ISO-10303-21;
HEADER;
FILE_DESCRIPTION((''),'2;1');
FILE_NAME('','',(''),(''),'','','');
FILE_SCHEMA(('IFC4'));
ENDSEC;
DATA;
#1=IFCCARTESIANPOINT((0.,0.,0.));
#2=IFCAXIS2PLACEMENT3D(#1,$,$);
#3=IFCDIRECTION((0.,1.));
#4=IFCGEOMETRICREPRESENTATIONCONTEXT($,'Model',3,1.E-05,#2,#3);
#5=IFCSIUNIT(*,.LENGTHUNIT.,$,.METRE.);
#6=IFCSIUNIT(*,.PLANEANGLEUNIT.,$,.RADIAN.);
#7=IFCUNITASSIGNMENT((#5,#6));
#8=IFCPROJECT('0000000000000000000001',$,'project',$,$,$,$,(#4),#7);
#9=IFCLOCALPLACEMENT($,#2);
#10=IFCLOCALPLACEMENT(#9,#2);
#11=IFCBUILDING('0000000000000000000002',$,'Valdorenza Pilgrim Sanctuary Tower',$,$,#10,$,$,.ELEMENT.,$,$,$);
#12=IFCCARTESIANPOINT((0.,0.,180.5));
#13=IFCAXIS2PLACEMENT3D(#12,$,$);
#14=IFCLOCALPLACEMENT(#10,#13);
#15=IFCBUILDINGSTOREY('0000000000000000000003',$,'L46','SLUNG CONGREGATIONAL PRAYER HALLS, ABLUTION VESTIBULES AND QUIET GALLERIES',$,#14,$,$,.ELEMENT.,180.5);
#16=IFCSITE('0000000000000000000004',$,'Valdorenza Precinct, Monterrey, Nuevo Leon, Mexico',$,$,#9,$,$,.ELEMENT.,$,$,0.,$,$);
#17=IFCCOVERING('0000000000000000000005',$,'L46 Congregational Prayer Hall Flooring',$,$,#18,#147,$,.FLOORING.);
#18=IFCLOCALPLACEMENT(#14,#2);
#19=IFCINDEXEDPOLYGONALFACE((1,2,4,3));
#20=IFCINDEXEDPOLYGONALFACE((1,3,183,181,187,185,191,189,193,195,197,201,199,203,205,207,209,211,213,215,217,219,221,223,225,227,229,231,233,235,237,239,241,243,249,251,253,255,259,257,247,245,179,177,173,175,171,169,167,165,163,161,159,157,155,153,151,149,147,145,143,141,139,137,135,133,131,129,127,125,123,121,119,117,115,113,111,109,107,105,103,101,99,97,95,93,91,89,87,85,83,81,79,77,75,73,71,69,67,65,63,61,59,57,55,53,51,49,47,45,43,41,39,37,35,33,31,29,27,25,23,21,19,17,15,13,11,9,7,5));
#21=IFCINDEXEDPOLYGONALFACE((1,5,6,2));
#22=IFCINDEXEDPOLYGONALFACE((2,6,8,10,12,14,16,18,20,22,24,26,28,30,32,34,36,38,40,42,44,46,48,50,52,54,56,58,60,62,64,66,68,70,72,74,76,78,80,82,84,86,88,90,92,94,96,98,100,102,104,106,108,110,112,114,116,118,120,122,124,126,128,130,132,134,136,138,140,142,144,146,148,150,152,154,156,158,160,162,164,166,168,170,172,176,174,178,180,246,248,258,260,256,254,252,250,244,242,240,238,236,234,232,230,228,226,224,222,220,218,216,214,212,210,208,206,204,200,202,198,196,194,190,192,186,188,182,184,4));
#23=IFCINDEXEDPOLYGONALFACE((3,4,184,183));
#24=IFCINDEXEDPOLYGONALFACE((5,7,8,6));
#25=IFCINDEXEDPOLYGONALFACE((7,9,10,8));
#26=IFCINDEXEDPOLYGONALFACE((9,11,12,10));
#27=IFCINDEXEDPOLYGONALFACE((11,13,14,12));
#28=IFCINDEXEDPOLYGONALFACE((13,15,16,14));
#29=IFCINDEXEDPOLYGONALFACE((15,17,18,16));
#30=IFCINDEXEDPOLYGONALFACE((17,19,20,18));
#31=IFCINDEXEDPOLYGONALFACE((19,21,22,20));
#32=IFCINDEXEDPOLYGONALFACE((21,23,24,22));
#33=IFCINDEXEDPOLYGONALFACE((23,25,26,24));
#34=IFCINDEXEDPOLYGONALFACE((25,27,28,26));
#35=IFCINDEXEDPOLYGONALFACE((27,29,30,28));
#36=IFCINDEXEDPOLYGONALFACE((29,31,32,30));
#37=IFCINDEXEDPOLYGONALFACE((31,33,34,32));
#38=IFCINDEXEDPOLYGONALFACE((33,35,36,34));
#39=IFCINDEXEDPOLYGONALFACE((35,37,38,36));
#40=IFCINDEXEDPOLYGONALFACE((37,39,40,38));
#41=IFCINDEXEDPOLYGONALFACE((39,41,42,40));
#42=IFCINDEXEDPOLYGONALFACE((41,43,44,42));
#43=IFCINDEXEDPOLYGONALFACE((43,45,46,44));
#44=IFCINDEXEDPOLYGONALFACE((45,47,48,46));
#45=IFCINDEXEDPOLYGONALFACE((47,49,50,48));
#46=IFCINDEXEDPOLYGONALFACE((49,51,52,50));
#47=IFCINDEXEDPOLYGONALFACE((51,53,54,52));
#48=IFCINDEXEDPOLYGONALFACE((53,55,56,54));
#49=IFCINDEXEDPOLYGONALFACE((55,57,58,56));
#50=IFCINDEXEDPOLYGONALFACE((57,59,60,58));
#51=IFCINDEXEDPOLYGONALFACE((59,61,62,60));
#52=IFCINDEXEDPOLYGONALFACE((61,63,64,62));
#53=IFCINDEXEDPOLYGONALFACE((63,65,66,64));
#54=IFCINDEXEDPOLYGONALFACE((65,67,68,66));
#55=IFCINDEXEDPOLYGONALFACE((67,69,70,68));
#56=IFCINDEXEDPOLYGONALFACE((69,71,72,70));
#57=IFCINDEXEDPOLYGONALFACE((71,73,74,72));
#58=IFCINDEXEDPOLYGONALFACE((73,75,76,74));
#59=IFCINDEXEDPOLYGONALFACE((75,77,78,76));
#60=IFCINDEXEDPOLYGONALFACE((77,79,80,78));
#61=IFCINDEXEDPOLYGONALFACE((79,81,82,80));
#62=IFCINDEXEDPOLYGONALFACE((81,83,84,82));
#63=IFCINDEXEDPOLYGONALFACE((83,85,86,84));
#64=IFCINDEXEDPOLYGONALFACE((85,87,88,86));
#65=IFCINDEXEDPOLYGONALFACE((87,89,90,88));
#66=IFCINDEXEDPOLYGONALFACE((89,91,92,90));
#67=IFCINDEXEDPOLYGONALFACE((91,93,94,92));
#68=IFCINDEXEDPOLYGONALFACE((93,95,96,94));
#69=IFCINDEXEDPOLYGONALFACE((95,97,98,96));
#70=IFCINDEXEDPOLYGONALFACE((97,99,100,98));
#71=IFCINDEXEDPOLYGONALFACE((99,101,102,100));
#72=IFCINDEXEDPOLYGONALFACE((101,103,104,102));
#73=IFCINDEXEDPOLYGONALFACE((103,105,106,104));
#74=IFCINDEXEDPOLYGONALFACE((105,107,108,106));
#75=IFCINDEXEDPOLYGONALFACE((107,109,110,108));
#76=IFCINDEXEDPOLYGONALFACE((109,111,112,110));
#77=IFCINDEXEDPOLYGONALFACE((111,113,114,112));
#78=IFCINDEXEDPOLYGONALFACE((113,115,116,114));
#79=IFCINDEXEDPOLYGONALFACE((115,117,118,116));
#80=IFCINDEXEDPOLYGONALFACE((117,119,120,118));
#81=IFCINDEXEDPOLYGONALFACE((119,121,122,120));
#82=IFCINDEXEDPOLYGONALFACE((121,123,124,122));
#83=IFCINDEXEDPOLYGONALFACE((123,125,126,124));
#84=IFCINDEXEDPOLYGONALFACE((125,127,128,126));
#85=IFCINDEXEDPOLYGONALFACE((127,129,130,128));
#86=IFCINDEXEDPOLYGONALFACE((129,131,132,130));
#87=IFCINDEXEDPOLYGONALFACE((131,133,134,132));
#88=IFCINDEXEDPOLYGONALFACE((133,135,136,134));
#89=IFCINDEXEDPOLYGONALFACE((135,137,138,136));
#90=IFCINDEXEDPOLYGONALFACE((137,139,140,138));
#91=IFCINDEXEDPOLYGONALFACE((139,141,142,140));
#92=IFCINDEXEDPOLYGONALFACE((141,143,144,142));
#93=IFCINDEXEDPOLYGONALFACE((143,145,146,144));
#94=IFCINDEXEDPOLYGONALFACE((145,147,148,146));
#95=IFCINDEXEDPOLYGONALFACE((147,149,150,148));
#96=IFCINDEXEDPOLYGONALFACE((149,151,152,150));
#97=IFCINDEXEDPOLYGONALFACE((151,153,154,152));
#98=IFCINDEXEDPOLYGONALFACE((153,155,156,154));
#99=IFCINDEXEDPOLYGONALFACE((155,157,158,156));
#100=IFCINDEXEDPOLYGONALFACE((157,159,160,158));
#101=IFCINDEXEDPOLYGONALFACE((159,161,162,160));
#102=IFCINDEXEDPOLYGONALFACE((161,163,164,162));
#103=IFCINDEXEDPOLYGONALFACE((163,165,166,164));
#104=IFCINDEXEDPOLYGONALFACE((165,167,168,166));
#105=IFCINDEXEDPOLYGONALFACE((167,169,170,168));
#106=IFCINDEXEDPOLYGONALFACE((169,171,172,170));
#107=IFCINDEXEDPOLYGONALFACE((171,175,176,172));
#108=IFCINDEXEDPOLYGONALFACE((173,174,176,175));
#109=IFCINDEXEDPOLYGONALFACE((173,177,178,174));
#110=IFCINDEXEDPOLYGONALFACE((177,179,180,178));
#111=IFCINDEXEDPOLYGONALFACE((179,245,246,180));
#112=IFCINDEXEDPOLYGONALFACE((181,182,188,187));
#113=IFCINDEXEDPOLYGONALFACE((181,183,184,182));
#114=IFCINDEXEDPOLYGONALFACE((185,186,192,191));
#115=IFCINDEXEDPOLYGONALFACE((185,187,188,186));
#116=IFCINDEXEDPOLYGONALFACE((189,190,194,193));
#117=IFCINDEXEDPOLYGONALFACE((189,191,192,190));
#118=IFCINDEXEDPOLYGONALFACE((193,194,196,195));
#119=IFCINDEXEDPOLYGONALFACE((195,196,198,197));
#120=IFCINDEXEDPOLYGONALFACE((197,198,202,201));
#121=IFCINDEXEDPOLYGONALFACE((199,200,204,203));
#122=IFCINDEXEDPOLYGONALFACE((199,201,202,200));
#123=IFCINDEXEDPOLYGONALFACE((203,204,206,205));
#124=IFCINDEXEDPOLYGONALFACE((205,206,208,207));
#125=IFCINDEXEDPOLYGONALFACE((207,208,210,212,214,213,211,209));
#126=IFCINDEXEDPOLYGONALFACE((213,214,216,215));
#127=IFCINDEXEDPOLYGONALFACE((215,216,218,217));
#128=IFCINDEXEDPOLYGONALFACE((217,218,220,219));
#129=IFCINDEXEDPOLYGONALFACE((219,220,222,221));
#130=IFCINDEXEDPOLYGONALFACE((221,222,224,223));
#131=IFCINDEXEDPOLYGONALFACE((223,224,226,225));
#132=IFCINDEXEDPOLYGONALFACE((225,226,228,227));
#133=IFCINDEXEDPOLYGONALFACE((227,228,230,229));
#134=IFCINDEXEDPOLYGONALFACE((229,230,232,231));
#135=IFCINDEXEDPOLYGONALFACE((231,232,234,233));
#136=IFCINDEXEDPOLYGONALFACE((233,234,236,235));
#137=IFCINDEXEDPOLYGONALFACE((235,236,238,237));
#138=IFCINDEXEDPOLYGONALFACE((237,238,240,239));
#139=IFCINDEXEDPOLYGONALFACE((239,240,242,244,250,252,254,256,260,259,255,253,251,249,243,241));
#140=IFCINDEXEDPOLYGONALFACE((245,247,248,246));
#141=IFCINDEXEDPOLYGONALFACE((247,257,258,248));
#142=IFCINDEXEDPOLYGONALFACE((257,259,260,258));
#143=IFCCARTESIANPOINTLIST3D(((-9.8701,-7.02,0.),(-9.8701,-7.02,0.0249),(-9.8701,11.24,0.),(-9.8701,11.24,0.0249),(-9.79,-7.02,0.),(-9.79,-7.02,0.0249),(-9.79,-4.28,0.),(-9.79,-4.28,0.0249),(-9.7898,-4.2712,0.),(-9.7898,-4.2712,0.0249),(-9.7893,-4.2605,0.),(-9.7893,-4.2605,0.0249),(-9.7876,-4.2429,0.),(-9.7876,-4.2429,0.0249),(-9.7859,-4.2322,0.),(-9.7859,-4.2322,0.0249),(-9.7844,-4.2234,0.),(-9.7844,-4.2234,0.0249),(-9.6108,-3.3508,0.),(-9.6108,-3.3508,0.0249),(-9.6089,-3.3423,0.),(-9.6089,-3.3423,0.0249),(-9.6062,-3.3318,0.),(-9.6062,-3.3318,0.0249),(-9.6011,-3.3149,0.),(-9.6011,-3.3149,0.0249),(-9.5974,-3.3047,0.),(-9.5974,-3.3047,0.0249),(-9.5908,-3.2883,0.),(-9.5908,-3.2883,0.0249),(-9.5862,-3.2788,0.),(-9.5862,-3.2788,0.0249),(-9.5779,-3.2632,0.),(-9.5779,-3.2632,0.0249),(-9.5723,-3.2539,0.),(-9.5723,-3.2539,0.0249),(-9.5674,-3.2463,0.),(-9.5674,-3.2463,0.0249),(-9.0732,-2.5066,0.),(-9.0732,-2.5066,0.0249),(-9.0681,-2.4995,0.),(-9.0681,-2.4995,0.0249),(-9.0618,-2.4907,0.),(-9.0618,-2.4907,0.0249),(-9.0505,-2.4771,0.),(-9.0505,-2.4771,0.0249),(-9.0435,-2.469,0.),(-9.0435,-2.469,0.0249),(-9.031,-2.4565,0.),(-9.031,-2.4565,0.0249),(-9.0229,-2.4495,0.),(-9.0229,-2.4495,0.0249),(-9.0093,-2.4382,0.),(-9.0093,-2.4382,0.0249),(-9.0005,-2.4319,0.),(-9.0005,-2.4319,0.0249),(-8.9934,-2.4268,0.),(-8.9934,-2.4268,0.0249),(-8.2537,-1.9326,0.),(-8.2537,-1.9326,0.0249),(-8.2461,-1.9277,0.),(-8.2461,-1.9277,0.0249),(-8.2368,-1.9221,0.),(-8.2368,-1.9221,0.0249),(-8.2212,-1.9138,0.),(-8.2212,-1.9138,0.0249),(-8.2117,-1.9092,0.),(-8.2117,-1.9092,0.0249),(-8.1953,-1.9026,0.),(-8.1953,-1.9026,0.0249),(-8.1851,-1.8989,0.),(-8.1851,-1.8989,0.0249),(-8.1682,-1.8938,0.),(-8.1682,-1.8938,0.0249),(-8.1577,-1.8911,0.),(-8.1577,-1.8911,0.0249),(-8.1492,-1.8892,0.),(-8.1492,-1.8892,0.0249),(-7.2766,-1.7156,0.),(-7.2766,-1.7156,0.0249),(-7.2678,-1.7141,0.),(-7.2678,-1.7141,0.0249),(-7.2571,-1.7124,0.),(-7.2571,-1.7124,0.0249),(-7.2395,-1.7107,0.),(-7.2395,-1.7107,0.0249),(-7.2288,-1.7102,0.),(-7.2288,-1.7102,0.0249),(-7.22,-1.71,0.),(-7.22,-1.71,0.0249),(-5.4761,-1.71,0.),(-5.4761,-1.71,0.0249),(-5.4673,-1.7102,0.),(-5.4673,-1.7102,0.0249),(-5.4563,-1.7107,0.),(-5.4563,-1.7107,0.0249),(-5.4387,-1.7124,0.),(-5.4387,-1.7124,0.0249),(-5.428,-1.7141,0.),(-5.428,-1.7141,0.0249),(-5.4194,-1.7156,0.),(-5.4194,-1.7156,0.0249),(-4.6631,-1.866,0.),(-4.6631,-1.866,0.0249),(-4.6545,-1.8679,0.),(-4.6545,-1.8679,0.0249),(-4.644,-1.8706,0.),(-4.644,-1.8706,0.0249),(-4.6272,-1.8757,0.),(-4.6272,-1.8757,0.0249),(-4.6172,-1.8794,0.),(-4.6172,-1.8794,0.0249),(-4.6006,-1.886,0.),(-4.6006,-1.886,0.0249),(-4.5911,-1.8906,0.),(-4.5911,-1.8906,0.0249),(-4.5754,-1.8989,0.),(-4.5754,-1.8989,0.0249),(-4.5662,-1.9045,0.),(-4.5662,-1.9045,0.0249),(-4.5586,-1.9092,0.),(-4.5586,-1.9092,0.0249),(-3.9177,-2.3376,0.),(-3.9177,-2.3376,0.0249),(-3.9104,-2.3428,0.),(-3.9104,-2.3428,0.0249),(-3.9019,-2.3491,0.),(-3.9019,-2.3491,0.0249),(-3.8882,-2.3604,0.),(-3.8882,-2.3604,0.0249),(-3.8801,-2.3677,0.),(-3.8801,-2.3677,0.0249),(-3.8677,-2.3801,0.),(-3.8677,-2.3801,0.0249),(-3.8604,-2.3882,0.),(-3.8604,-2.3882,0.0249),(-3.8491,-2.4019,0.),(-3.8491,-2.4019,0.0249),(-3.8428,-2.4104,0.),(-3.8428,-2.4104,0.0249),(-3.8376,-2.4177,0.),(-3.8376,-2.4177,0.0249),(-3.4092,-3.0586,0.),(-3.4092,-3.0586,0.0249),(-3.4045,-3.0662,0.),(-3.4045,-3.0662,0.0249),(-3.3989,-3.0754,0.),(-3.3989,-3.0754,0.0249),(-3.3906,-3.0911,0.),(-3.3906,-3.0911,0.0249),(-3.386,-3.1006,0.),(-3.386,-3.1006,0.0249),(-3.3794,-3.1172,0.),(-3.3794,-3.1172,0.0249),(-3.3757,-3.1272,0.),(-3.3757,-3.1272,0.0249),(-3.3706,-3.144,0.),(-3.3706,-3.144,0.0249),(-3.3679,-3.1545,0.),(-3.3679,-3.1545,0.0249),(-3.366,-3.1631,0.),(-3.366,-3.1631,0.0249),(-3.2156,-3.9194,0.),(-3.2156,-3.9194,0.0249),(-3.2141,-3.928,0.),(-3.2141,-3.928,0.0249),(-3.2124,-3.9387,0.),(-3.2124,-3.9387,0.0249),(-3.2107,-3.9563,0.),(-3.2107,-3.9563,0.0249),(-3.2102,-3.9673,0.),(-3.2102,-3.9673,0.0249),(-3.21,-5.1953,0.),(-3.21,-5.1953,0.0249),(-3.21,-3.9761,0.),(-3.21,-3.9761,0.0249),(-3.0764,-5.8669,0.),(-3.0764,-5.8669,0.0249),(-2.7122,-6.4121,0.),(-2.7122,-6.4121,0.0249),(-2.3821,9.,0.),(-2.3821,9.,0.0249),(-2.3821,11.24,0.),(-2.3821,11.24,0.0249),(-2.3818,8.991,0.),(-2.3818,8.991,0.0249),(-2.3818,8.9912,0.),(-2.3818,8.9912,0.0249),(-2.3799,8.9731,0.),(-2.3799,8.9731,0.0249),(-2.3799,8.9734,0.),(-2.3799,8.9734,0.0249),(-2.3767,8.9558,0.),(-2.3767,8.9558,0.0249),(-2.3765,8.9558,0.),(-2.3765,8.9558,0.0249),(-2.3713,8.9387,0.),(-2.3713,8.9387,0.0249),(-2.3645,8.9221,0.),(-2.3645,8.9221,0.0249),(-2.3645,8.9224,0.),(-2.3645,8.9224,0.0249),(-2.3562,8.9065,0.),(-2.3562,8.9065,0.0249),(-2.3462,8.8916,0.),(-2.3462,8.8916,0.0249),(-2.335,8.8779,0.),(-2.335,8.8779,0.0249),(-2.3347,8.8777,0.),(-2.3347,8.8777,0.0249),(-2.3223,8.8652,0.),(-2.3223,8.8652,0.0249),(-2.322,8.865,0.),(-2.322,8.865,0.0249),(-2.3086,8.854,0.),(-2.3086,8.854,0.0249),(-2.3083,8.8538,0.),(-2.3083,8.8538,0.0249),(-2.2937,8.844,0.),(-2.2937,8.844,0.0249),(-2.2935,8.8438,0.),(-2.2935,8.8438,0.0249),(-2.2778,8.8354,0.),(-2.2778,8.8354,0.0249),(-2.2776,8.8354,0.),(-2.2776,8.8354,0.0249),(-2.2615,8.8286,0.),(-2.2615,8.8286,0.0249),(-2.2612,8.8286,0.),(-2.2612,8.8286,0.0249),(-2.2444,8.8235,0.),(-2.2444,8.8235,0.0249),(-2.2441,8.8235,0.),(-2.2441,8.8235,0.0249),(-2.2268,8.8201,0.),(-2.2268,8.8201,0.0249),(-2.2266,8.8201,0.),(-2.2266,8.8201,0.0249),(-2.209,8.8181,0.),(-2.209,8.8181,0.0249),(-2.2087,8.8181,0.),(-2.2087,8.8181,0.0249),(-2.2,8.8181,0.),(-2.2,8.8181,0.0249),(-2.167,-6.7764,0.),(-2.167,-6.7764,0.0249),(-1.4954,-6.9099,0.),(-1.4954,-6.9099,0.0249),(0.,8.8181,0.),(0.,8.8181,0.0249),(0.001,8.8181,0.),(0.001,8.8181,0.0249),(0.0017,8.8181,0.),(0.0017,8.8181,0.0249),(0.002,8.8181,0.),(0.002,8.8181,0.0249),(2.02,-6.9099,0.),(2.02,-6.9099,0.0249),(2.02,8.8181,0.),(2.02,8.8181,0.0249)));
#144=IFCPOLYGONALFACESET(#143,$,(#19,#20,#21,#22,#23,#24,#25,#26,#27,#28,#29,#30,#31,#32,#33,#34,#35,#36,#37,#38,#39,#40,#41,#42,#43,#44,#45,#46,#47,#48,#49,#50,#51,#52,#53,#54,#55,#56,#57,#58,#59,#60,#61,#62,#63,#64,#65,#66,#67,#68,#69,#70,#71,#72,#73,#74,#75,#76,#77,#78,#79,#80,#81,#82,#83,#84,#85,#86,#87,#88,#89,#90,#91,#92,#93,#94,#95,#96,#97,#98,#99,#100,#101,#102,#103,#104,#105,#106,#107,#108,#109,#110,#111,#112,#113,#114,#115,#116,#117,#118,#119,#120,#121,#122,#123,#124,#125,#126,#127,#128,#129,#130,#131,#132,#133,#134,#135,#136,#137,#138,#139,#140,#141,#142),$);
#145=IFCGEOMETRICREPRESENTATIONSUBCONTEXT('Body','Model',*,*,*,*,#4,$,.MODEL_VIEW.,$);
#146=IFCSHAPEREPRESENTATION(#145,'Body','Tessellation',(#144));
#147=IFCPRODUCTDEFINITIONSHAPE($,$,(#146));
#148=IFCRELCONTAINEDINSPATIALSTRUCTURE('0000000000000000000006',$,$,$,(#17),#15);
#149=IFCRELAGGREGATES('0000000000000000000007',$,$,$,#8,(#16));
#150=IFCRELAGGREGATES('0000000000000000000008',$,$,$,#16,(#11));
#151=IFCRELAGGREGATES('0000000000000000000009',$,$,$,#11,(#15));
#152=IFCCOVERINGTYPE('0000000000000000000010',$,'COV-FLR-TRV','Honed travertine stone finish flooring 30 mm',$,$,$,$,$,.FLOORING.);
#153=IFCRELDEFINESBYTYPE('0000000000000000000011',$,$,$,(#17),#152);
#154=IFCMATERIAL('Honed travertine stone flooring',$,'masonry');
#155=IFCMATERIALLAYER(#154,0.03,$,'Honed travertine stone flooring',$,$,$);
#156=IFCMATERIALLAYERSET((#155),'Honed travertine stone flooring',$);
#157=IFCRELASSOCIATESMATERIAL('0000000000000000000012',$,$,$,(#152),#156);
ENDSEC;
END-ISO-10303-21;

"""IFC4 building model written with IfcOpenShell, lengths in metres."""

from ifc_helpers import new_model, si_unit, direction, frame, origin, place, context, subcontext, project, spatial, polyline, outline, extrude, material, layer, layer_set, type_object, element, save


model = new_model("IFC4")

# Units and contexts
model_context = context("Model", 3, precision=1e-05, world=origin(), true_north=direction((0.0, 1.0)))
body_context = subcontext(model_context, "Body", "Model", "MODEL_VIEW")
ifc_project = project(units=[si_unit("LENGTHUNIT", "METRE"), si_unit("PLANEANGLEUNIT", "RADIAN")], contexts=[model_context])

# Site, building, storey
site_placement = place(None, origin())
site = spatial("IfcSite", under=ifc_project, at=site_placement, Name="Valdorenza Precinct, Monterrey, Nuevo Leon, Mexico", CompositionType="ELEMENT", RefElevation=0.0)
building_placement = place(site_placement, origin())
building = spatial("IfcBuilding", under=site, at=building_placement, Name="Valdorenza Pilgrim Sanctuary Tower", CompositionType="ELEMENT")
storey_placement = place(building_placement, frame((0.0, 0.0, 180.5)))
storey = spatial("IfcBuildingStorey", under=building, at=storey_placement, Name="L46", Description="SLUNG CONGREGATIONAL PRAYER HALLS, ABLUTION VESTIBULES AND QUIET GALLERIES", CompositionType="ELEMENT", Elevation=180.5)

# Covering
ifc_material_1 = material(Name="Honed travertine stone flooring", Category="masonry")
ifc_layer_1 = layer(ifc_material_1, 0.03, Name="Honed travertine stone flooring")
ifc_layer_set_1 = layer_set([ifc_layer_1], Name="Honed travertine stone flooring")
covering_type_1 = type_object("IfcCoveringType", Name="COV-FLR-TRV", Description="Honed travertine stone finish flooring 30 mm", PredefinedType="FLOORING", material=ifc_layer_set_1)
covering_1_placement = place(storey_placement, origin())
element("IfcCovering", 1, at=covering_1_placement, inside=storey, type_object=covering_type_1, Name="L46 Congregational Prayer Hall Flooring", PredefinedType="FLOORING", context=body_context, shape_type="SweptSolid", body=[
    extrude(outline(polyline([(-9.8701, 11.24), (-2.3821, 11.24), (-2.3821, 9.0), (-2.3818, 8.9912), (-2.3818, 8.991), (-2.3799, 8.9734), (-2.3799, 8.9731), (-2.3767, 8.9558), (-2.3765, 8.9558), (-2.3713, 8.9387), (-2.3713, 8.9387), (-2.3645, 8.9224), (-2.3645, 8.9221), (-2.3562, 8.9065), (-2.3562, 8.9065), (-2.3462, 8.8916), (-2.3462, 8.8916), (-2.335, 8.8779), (-2.3347, 8.8777), (-2.3223, 8.8652), (-2.322, 8.865), (-2.3086, 8.854), (-2.3083, 8.8538), (-2.2937, 8.844), (-2.2935, 8.8438), (-2.2778, 8.8354), (-2.2776, 8.8354), (-2.2615, 8.8286), (-2.2612, 8.8286), (-2.2444, 8.8235), (-2.2441, 8.8235), (-2.2268, 8.8201), (-2.2266, 8.8201), (-2.209, 8.8181), (-2.2087, 8.8181), (-2.2, 8.8181), (0.0, 8.8181), (0.001, 8.8181), (0.0017, 8.8181), (0.002, 8.8181), (2.02, 8.8181), (2.02, -6.9099), (-1.4954, -6.9099), (-2.167, -6.7764), (-2.7122, -6.4121), (-3.0764, -5.8669), (-3.21, -5.1953), (-3.21, -3.9761), (-3.2102, -3.9673), (-3.2107, -3.9563), (-3.2124, -3.9387), (-3.2141, -3.928), (-3.2156, -3.9194), (-3.366, -3.1631), (-3.3679, -3.1545), (-3.3706, -3.144), (-3.3757, -3.1272), (-3.3794, -3.1172), (-3.386, -3.1006), (-3.3906, -3.0911), (-3.3989, -3.0754), (-3.4045, -3.0662), (-3.4092, -3.0586), (-3.8376, -2.4177), (-3.8428, -2.4104), (-3.8491, -2.4019), (-3.8604, -2.3882), (-3.8677, -2.3801), (-3.8801, -2.3677), (-3.8882, -2.3604), (-3.9019, -2.3491), (-3.9104, -2.3428), (-3.9177, -2.3376), (-4.5586, -1.9092), (-4.5662, -1.9045), (-4.5754, -1.8989), (-4.5911, -1.8906), (-4.6006, -1.886), (-4.6172, -1.8794), (-4.6272, -1.8757), (-4.644, -1.8706), (-4.6545, -1.8679), (-4.6631, -1.866), (-5.4194, -1.7156), (-5.428, -1.7141), (-5.4387, -1.7124), (-5.4563, -1.7107), (-5.4673, -1.7102), (-5.4761, -1.71), (-7.22, -1.71), (-7.2288, -1.7102), (-7.2395, -1.7107), (-7.2571, -1.7124), (-7.2678, -1.7141), (-7.2766, -1.7156), (-8.1492, -1.8892), (-8.1577, -1.8911), (-8.1682, -1.8938), (-8.1851, -1.8989), (-8.1953, -1.9026), (-8.2117, -1.9092), (-8.2212, -1.9138), (-8.2368, -1.9221), (-8.2461, -1.9277), (-8.2537, -1.9326), (-8.9934, -2.4268), (-9.0005, -2.4319), (-9.0093, -2.4382), (-9.0229, -2.4495), (-9.031, -2.4565), (-9.0435, -2.469), (-9.0505, -2.4771), (-9.0618, -2.4907), (-9.0681, -2.4995), (-9.0732, -2.5066), (-9.5674, -3.2463), (-9.5723, -3.2539), (-9.5779, -3.2632), (-9.5862, -3.2788), (-9.5908, -3.2883), (-9.5974, -3.3047), (-9.6011, -3.3149), (-9.6062, -3.3318), (-9.6089, -3.3423), (-9.6108, -3.3508), (-9.7844, -4.2234), (-9.7859, -4.2322), (-9.7876, -4.2429), (-9.7893, -4.2605), (-9.7898, -4.2712), (-9.79, -4.28), (-9.79, -7.02), (-9.8701, -7.02), (-9.8701, 11.24)])), origin(), (0.0, 0.0, 1.0), 0.0249),
])

save(model, "model.ifc")
